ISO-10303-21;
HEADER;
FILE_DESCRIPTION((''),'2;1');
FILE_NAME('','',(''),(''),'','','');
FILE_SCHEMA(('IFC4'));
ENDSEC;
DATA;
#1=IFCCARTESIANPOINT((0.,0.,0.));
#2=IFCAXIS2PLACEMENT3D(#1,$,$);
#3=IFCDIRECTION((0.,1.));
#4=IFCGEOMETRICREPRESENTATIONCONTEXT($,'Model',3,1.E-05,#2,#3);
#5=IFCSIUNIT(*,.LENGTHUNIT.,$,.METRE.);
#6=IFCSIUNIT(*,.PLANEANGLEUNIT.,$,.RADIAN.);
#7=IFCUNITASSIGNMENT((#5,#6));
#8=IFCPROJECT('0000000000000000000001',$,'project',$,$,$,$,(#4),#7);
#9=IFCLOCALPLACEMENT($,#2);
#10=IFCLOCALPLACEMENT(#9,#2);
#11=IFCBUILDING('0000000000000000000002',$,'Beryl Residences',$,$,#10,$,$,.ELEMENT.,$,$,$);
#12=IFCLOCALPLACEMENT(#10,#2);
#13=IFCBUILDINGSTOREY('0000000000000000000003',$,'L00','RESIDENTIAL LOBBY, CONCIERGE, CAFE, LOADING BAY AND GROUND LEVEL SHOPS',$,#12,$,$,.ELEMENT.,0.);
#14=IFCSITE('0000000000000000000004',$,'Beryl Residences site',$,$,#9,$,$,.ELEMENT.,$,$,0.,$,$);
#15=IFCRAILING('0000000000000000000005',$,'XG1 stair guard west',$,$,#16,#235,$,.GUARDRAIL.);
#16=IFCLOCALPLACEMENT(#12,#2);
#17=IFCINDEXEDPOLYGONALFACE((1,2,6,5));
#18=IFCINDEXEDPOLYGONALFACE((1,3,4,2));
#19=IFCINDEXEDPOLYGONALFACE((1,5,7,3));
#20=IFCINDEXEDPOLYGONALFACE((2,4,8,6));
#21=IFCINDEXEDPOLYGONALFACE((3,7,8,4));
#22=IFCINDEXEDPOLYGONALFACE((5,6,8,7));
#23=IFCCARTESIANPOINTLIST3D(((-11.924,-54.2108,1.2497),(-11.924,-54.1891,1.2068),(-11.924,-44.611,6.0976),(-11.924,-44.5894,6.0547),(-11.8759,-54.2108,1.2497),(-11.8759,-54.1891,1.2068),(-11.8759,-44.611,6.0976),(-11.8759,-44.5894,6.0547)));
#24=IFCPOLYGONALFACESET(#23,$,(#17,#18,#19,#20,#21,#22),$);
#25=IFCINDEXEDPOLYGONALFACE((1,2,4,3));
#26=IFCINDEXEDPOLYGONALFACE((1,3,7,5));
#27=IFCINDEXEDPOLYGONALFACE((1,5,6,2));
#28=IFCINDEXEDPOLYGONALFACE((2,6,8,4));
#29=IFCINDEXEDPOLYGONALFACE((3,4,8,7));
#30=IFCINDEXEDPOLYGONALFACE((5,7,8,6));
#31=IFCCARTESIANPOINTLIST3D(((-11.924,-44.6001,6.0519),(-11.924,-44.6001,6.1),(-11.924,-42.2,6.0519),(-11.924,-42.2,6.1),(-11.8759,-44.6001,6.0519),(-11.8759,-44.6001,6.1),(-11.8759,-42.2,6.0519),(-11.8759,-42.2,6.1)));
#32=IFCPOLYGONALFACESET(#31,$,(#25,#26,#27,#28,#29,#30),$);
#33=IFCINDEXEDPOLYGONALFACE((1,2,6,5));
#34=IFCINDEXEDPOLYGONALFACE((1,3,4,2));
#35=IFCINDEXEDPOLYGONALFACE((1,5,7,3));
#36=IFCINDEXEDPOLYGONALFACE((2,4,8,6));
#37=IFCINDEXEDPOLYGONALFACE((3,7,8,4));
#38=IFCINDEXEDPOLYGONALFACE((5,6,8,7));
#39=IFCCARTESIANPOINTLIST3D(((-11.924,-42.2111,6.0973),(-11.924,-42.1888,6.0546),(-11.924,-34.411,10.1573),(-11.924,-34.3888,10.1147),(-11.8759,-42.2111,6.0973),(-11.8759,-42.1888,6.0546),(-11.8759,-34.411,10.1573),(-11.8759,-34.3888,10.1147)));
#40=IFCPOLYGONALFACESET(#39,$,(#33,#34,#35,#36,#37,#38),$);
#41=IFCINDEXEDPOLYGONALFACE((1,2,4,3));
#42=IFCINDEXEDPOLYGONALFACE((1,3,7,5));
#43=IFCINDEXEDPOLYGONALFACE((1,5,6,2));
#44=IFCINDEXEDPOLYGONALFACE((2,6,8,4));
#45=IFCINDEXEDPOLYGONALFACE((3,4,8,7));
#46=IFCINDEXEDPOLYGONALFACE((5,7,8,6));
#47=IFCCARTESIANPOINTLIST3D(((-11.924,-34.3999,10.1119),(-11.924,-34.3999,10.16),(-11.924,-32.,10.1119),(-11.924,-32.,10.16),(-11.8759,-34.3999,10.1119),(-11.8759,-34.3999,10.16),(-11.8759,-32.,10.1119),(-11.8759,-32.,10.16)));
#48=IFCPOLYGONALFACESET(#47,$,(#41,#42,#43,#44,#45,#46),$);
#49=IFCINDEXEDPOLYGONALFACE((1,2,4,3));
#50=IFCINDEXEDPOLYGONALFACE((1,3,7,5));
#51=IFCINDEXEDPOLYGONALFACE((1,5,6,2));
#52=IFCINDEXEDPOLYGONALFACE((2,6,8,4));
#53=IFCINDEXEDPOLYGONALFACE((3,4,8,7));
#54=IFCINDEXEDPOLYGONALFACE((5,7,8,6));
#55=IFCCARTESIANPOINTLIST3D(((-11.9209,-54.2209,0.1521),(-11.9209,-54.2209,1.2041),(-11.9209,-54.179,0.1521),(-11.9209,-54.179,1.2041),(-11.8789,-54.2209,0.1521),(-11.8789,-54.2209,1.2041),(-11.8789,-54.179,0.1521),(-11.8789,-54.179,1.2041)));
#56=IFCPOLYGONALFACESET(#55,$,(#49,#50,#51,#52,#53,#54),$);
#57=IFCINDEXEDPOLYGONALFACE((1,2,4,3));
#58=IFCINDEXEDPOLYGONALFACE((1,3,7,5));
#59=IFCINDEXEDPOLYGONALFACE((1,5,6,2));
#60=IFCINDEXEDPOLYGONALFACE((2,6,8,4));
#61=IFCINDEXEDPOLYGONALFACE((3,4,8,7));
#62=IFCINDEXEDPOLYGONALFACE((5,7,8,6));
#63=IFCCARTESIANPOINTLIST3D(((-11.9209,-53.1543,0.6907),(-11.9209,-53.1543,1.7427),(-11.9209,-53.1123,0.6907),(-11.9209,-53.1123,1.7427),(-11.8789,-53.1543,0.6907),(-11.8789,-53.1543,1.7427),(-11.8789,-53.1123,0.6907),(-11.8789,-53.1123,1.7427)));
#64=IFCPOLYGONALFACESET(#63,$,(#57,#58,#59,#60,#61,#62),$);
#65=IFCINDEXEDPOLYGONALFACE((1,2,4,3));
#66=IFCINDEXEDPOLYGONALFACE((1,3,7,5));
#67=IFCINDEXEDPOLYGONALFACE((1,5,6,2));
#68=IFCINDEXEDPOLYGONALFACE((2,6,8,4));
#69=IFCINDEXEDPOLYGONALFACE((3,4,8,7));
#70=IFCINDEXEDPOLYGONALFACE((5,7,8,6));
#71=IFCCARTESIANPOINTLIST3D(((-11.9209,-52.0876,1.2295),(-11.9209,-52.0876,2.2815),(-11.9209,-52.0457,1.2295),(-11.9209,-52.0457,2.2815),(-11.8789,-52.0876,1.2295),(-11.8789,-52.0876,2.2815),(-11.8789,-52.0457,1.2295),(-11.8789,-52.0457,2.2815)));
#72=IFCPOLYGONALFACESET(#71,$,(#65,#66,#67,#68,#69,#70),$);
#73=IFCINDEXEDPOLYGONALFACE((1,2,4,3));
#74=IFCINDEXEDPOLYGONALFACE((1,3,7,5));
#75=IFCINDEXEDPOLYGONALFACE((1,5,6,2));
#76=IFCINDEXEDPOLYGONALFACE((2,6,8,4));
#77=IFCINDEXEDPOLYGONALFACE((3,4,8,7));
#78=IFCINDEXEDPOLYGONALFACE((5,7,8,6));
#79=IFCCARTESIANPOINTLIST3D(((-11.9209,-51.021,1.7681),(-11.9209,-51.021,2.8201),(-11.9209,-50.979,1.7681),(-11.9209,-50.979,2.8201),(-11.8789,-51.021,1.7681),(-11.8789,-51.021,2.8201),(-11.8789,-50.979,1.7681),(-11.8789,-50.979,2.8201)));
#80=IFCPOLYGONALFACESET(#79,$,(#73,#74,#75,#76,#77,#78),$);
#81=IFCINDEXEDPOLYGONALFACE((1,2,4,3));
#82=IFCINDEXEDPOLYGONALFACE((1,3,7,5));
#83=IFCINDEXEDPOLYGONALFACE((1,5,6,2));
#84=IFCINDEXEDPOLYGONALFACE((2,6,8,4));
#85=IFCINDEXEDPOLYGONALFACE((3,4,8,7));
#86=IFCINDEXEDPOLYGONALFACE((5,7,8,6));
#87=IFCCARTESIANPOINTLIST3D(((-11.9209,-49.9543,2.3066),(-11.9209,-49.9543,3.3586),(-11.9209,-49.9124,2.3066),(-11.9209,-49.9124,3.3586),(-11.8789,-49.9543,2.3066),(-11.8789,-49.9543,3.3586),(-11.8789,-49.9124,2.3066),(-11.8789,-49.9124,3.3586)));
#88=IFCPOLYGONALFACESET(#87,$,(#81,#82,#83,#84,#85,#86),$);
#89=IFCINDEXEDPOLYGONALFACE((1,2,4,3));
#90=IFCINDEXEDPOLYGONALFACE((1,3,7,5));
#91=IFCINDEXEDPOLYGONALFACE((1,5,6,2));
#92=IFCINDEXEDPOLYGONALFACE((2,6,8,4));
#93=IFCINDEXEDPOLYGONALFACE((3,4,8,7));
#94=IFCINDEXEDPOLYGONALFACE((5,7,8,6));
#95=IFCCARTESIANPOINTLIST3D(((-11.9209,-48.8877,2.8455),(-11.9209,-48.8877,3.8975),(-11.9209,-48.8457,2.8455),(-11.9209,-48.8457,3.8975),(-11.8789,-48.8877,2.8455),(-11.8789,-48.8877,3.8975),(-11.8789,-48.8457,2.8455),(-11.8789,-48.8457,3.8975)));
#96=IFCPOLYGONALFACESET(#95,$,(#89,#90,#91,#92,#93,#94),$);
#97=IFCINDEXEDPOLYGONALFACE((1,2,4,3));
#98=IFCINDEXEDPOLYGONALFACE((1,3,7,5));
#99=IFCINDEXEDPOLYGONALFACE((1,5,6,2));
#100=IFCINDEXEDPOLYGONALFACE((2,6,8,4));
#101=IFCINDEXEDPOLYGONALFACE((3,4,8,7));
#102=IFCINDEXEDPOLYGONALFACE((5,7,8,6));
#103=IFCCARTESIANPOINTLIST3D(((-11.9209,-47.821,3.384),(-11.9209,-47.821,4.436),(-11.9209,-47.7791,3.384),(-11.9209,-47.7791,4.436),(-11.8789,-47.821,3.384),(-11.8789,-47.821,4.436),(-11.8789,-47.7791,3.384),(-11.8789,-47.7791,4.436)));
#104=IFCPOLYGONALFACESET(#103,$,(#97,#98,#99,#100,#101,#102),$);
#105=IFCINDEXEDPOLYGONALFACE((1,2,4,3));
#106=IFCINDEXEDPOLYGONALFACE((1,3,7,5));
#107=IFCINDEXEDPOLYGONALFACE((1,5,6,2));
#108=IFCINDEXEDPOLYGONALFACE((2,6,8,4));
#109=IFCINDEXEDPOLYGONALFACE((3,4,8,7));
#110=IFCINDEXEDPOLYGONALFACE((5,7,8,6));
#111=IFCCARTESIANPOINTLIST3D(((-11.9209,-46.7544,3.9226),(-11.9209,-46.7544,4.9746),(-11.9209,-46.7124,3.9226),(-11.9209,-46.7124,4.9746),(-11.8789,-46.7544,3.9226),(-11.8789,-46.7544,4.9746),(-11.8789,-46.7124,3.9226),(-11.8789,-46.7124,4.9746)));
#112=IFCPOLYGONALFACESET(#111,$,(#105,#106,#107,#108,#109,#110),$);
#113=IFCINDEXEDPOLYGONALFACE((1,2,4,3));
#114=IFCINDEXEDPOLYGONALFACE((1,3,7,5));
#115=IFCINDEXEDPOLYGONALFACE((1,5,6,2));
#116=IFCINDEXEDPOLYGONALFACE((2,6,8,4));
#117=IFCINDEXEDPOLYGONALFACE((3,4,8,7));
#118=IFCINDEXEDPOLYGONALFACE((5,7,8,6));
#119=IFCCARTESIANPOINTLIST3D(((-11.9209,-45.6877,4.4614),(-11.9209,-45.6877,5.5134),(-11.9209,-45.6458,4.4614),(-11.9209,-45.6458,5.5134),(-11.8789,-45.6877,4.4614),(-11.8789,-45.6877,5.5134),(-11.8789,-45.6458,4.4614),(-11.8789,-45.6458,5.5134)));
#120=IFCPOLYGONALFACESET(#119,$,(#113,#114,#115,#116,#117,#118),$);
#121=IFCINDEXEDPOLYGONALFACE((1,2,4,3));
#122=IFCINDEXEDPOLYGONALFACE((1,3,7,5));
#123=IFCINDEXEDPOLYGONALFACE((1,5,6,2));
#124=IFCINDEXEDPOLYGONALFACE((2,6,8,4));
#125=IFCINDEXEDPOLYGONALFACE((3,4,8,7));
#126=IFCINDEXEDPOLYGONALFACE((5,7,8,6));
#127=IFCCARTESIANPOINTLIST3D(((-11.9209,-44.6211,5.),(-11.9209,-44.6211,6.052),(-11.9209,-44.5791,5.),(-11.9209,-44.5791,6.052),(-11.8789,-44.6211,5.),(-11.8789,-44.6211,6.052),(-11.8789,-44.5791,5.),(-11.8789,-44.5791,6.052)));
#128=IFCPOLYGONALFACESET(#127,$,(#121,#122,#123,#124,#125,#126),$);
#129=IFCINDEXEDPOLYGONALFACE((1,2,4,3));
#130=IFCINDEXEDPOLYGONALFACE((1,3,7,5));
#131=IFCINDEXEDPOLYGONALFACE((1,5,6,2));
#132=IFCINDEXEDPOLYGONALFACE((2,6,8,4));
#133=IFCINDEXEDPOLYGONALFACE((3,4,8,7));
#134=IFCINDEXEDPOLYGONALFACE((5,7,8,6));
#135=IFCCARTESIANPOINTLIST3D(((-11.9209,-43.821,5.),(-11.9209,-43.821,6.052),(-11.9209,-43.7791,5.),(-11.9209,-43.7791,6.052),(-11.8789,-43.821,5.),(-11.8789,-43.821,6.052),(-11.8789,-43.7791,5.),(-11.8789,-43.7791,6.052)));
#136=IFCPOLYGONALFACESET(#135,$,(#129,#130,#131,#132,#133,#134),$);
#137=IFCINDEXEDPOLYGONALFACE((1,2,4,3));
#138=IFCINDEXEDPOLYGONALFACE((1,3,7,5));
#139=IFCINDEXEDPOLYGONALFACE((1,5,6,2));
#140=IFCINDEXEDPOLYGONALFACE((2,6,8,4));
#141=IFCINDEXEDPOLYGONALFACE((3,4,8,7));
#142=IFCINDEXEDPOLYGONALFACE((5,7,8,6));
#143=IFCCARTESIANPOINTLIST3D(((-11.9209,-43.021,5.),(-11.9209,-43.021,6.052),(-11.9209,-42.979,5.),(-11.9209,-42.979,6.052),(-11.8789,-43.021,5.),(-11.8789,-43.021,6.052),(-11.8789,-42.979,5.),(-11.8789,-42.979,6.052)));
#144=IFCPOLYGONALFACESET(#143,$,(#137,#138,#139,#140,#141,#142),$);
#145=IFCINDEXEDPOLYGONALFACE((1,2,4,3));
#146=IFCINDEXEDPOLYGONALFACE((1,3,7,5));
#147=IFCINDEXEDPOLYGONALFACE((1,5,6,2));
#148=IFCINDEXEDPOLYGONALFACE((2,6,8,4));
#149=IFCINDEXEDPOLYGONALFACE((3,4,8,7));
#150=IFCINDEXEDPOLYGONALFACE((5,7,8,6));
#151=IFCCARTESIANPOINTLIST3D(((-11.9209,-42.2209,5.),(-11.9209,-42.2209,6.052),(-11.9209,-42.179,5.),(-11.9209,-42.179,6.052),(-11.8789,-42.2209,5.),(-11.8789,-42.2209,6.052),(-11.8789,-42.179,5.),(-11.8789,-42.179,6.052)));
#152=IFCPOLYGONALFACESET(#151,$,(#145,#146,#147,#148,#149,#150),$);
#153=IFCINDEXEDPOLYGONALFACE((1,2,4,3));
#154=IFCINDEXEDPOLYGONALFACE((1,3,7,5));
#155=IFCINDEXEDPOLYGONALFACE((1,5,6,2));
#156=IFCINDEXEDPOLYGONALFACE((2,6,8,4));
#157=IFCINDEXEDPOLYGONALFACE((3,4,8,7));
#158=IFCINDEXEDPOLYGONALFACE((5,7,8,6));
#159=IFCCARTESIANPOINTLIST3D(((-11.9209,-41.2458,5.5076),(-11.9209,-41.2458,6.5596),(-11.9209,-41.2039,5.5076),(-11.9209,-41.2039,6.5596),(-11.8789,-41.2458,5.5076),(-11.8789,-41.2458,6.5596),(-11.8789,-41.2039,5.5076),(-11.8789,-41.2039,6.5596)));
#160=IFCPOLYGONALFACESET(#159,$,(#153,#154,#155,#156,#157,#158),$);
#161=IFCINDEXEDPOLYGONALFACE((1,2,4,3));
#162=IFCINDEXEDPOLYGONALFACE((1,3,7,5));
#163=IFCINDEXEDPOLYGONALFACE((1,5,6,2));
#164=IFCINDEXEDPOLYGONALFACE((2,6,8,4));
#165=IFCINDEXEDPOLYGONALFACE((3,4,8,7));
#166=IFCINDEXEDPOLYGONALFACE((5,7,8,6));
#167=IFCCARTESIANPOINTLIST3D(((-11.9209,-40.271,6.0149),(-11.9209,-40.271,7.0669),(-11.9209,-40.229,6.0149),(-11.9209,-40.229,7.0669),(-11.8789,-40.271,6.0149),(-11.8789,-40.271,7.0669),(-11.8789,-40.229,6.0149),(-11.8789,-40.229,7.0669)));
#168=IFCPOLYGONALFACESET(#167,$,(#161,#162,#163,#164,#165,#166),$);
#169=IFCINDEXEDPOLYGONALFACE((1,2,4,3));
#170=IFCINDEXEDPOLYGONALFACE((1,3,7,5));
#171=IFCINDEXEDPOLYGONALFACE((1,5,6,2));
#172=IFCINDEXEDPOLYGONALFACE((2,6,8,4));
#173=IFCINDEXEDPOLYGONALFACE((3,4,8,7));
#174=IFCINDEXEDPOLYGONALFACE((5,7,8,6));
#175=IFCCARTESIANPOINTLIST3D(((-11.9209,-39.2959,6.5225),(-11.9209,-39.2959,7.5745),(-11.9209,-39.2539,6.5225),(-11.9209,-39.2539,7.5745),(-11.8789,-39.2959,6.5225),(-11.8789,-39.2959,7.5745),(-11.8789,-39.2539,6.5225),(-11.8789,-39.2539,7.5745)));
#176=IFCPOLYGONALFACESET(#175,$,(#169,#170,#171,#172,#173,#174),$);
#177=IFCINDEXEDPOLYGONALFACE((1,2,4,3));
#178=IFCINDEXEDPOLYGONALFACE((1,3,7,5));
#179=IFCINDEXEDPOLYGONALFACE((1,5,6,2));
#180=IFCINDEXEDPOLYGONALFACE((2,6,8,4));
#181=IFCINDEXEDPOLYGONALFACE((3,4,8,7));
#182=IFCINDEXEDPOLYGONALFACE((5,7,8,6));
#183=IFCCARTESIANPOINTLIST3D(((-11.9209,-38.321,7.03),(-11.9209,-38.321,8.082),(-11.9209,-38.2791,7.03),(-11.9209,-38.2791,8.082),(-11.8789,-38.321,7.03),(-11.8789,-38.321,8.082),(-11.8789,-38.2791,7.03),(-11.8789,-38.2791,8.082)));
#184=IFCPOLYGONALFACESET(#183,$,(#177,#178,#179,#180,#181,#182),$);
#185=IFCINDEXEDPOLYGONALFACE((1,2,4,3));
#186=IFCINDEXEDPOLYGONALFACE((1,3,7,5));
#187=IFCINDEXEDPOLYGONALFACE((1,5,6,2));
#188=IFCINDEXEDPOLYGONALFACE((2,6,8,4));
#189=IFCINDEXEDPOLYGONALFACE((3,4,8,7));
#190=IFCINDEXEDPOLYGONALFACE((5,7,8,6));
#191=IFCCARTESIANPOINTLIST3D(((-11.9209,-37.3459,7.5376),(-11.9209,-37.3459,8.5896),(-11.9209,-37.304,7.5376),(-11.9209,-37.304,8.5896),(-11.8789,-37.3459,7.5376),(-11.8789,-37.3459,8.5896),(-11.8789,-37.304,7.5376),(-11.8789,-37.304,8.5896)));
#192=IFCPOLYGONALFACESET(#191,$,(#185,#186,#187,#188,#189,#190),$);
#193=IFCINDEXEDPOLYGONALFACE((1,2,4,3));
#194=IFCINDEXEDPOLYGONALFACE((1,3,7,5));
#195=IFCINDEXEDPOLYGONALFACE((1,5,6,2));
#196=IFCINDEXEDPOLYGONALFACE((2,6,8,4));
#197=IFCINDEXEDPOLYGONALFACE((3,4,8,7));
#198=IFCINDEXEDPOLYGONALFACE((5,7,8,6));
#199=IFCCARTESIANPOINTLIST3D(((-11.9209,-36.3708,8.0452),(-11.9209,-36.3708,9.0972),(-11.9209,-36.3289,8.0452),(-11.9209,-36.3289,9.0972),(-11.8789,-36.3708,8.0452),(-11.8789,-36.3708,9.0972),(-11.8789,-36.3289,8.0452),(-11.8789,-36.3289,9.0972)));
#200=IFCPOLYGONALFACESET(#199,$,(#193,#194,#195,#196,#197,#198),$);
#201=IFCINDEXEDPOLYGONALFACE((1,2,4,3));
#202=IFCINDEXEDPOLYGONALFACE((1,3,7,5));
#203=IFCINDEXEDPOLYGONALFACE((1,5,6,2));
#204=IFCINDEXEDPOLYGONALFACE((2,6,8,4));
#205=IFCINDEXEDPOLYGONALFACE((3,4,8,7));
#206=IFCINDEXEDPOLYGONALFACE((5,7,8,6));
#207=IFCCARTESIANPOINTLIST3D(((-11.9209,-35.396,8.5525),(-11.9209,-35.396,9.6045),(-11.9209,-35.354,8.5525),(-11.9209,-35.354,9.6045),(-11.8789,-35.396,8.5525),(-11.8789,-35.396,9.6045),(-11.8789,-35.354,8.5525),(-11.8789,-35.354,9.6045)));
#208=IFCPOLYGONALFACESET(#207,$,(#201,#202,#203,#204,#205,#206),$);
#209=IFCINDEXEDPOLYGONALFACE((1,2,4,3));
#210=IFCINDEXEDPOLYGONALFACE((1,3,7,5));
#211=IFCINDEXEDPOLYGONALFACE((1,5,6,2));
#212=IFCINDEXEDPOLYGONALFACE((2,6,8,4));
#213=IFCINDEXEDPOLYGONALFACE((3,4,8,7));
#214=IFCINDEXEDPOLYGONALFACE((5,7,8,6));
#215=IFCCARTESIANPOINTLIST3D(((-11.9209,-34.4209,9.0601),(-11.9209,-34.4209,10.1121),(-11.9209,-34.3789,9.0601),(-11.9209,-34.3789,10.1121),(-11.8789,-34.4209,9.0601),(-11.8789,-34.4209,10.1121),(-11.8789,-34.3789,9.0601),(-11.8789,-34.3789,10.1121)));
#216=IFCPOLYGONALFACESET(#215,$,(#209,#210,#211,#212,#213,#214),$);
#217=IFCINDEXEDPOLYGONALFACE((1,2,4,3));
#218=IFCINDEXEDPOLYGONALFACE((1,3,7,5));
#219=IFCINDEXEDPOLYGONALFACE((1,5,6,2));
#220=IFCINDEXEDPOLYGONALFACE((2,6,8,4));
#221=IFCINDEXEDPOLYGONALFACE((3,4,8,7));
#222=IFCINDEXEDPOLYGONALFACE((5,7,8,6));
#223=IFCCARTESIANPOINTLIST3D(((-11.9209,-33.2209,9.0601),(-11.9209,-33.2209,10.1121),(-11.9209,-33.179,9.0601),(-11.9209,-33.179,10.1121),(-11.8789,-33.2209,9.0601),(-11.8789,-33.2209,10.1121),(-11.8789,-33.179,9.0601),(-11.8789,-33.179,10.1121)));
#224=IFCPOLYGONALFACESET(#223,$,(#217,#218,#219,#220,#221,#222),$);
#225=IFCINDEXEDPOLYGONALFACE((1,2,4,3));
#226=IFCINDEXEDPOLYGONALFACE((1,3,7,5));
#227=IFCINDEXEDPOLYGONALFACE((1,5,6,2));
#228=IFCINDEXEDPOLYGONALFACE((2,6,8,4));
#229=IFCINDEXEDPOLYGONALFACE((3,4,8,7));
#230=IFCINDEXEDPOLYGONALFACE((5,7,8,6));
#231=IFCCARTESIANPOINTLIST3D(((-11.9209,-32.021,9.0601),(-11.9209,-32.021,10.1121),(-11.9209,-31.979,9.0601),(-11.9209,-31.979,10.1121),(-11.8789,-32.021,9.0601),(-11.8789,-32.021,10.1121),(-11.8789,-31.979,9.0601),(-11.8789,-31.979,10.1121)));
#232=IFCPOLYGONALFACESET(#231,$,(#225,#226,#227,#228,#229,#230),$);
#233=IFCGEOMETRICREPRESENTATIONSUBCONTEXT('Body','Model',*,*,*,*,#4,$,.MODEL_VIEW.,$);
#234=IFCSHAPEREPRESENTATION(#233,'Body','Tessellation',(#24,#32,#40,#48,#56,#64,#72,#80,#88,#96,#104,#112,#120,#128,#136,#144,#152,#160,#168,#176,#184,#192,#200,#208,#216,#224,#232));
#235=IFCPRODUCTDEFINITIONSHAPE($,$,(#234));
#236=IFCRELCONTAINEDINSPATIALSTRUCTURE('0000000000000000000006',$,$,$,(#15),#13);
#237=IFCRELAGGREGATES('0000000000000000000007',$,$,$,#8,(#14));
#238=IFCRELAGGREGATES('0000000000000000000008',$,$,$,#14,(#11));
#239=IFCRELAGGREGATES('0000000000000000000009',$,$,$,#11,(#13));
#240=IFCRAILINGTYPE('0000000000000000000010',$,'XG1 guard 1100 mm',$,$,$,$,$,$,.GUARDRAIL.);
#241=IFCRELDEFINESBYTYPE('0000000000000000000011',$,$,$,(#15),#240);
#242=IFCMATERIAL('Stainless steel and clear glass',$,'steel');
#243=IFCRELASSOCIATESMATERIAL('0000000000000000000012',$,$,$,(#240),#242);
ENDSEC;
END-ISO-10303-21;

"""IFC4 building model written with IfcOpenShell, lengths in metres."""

from ifc_helpers import new_model, si_unit, direction, frame, origin, origin_2d, place, context, subcontext, project, spatial, rectangle, extrude, material, type_object, element, save


model = new_model("IFC4")

# Units and contexts
model_context = context("Model", 3, precision=1e-05, world=origin(), true_north=direction((0.0, 1.0)))
body_context = subcontext(model_context, "Body", "Model", "MODEL_VIEW")
ifc_project = project(units=[si_unit("LENGTHUNIT", "METRE"), si_unit("PLANEANGLEUNIT", "RADIAN")], contexts=[model_context])

# Site, building, storey
site_placement = place(None, origin())
site = spatial("IfcSite", under=ifc_project, at=site_placement, Name="Beryl Residences site", CompositionType="ELEMENT", RefElevation=0.0)
building_placement = place(site_placement, origin())
building = spatial("IfcBuilding", under=site, at=building_placement, Name="Beryl Residences", CompositionType="ELEMENT")
storey_placement = place(building_placement, origin())
storey = spatial("IfcBuildingStorey", under=building, at=storey_placement, Name="L00", Description="RESIDENTIAL LOBBY, CONCIERGE, CAFE, LOADING BAY AND GROUND LEVEL SHOPS", CompositionType="ELEMENT", Elevation=0.0)

# Railing
ifc_material_1 = material(Name="Stainless steel and clear glass", Category="steel")
railing_type_1 = type_object("IfcRailingType", Name="XG1 guard 1100 mm", PredefinedType="GUARDRAIL", material=ifc_material_1)
railing_1_placement = place(storey_placement, frame((-11.8999, -54.2, 0.1521)))
element("IfcRailing", 1, at=railing_1_placement, inside=storey, type_object=railing_type_1, Name="XG1 stair guard west", PredefinedType="GUARDRAIL", context=body_context, shape_type="SweptSolid", body=[
    extrude(rectangle(XDim=0.0481, YDim=0.0481, at=origin_2d()), frame((0.0, 0.0, 1.0762), z_axis=(0.0, 0.892636, 0.450779), x_axis=(-1.0, 0.0, 0.0)), (0.0, 0.0, 1.0), 10.7544),
    extrude(rectangle(XDim=0.0481, YDim=0.0481, at=origin_2d()), frame((0.0, 9.5999, 5.9238), z_axis=(0.0, 1.0, 0.0), x_axis=(-1.0, 0.0, 0.0)), (0.0, 0.0, 1.0), 2.4001),
    extrude(rectangle(XDim=0.0481, YDim=0.0481, at=origin_2d()), frame((0.0, 12.0, 5.9238), z_axis=(0.0, 0.887029, 0.461714), x_axis=(-1.0, 0.0, 0.0)), (0.0, 0.0, 1.0), 8.7935),
    extrude(rectangle(XDim=0.0481, YDim=0.0481, at=origin_2d()), frame((0.0, 19.8, 9.9839), z_axis=(0.0, 1.0, 0.0), x_axis=(-1.0, 0.0, 0.0)), (0.0, 0.0, 1.0), 2.3999),
    extrude(rectangle(XDim=0.042, YDim=0.042, at=origin_2d()), origin(), (0.0, 0.0, 1.0), 1.052),
    extrude(rectangle(XDim=0.042, YDim=0.042, at=origin_2d()), frame((0.0, 1.0667, 0.5386)), (0.0, 0.0, 1.0), 1.052),
    extrude(rectangle(XDim=0.042, YDim=0.042, at=origin_2d()), frame((0.0, 2.1333, 1.0774)), (0.0, 0.0, 1.0), 1.052),
    extrude(rectangle(XDim=0.042, YDim=0.042, at=origin_2d()), frame((0.0, 3.2, 1.616)), (0.0, 0.0, 1.0), 1.052),
    extrude(rectangle(XDim=0.042, YDim=0.042, at=origin_2d()), frame((0.0, 4.2666, 2.1545)), (0.0, 0.0, 1.0), 1.052),
    extrude(rectangle(XDim=0.042, YDim=0.042, at=origin_2d()), frame((0.0, 5.3333, 2.6934)), (0.0, 0.0, 1.0), 1.052),
    extrude(rectangle(XDim=0.042, YDim=0.042, at=origin_2d()), frame((0.0, 6.3999, 3.2319)), (0.0, 0.0, 1.0), 1.052),
    extrude(rectangle(XDim=0.042, YDim=0.042, at=origin_2d()), frame((0.0, 7.4666, 3.7705)), (0.0, 0.0, 1.0), 1.052),
    extrude(rectangle(XDim=0.042, YDim=0.042, at=origin_2d()), frame((0.0, 8.5332, 4.3093)), (0.0, 0.0, 1.0), 1.052),
    extrude(rectangle(XDim=0.042, YDim=0.042, at=origin_2d()), frame((0.0, 9.5999, 4.8479)), (0.0, 0.0, 1.0), 1.052),
    extrude(rectangle(XDim=0.042, YDim=0.042, at=origin_2d()), frame((0.0, 10.3999, 4.8479)), (0.0, 0.0, 1.0), 1.052),
    extrude(rectangle(XDim=0.042, YDim=0.042, at=origin_2d()), frame((0.0, 11.2, 4.8479)), (0.0, 0.0, 1.0), 1.052),
    extrude(rectangle(XDim=0.042, YDim=0.042, at=origin_2d()), frame((0.0, 12.0, 4.8479)), (0.0, 0.0, 1.0), 1.052),
    extrude(rectangle(XDim=0.042, YDim=0.042, at=origin_2d()), frame((0.0, 12.9751, 5.3555)), (0.0, 0.0, 1.0), 1.052),
    extrude(rectangle(XDim=0.042, YDim=0.042, at=origin_2d()), frame((0.0, 13.95, 5.8628)), (0.0, 0.0, 1.0), 1.052),
    extrude(rectangle(XDim=0.042, YDim=0.042, at=origin_2d()), frame((0.0, 14.925, 6.3704)), (0.0, 0.0, 1.0), 1.052),
    extrude(rectangle(XDim=0.042, YDim=0.042, at=origin_2d()), frame((0.0, 15.8999, 6.8779)), (0.0, 0.0, 1.0), 1.052),
    extrude(rectangle(XDim=0.042, YDim=0.042, at=origin_2d()), frame((0.0, 16.875, 7.3855)), (0.0, 0.0, 1.0), 1.052),
    extrude(rectangle(XDim=0.042, YDim=0.042, at=origin_2d()), frame((0.0, 17.8501, 7.8931)), (0.0, 0.0, 1.0), 1.052),
    extrude(rectangle(XDim=0.042, YDim=0.042, at=origin_2d()), frame((0.0, 18.825, 8.4004)), (0.0, 0.0, 1.0), 1.052),
    extrude(rectangle(XDim=0.042, YDim=0.042, at=origin_2d()), frame((0.0, 19.8, 8.908)), (0.0, 0.0, 1.0), 1.052),
    extrude(rectangle(XDim=0.042, YDim=0.042, at=origin_2d()), frame((0.0, 21.0, 8.908)), (0.0, 0.0, 1.0), 1.052),
    extrude(rectangle(XDim=0.042, YDim=0.042, at=origin_2d()), frame((0.0, 22.2, 8.908)), (0.0, 0.0, 1.0), 1.052),
])

save(model, "model.ifc")
